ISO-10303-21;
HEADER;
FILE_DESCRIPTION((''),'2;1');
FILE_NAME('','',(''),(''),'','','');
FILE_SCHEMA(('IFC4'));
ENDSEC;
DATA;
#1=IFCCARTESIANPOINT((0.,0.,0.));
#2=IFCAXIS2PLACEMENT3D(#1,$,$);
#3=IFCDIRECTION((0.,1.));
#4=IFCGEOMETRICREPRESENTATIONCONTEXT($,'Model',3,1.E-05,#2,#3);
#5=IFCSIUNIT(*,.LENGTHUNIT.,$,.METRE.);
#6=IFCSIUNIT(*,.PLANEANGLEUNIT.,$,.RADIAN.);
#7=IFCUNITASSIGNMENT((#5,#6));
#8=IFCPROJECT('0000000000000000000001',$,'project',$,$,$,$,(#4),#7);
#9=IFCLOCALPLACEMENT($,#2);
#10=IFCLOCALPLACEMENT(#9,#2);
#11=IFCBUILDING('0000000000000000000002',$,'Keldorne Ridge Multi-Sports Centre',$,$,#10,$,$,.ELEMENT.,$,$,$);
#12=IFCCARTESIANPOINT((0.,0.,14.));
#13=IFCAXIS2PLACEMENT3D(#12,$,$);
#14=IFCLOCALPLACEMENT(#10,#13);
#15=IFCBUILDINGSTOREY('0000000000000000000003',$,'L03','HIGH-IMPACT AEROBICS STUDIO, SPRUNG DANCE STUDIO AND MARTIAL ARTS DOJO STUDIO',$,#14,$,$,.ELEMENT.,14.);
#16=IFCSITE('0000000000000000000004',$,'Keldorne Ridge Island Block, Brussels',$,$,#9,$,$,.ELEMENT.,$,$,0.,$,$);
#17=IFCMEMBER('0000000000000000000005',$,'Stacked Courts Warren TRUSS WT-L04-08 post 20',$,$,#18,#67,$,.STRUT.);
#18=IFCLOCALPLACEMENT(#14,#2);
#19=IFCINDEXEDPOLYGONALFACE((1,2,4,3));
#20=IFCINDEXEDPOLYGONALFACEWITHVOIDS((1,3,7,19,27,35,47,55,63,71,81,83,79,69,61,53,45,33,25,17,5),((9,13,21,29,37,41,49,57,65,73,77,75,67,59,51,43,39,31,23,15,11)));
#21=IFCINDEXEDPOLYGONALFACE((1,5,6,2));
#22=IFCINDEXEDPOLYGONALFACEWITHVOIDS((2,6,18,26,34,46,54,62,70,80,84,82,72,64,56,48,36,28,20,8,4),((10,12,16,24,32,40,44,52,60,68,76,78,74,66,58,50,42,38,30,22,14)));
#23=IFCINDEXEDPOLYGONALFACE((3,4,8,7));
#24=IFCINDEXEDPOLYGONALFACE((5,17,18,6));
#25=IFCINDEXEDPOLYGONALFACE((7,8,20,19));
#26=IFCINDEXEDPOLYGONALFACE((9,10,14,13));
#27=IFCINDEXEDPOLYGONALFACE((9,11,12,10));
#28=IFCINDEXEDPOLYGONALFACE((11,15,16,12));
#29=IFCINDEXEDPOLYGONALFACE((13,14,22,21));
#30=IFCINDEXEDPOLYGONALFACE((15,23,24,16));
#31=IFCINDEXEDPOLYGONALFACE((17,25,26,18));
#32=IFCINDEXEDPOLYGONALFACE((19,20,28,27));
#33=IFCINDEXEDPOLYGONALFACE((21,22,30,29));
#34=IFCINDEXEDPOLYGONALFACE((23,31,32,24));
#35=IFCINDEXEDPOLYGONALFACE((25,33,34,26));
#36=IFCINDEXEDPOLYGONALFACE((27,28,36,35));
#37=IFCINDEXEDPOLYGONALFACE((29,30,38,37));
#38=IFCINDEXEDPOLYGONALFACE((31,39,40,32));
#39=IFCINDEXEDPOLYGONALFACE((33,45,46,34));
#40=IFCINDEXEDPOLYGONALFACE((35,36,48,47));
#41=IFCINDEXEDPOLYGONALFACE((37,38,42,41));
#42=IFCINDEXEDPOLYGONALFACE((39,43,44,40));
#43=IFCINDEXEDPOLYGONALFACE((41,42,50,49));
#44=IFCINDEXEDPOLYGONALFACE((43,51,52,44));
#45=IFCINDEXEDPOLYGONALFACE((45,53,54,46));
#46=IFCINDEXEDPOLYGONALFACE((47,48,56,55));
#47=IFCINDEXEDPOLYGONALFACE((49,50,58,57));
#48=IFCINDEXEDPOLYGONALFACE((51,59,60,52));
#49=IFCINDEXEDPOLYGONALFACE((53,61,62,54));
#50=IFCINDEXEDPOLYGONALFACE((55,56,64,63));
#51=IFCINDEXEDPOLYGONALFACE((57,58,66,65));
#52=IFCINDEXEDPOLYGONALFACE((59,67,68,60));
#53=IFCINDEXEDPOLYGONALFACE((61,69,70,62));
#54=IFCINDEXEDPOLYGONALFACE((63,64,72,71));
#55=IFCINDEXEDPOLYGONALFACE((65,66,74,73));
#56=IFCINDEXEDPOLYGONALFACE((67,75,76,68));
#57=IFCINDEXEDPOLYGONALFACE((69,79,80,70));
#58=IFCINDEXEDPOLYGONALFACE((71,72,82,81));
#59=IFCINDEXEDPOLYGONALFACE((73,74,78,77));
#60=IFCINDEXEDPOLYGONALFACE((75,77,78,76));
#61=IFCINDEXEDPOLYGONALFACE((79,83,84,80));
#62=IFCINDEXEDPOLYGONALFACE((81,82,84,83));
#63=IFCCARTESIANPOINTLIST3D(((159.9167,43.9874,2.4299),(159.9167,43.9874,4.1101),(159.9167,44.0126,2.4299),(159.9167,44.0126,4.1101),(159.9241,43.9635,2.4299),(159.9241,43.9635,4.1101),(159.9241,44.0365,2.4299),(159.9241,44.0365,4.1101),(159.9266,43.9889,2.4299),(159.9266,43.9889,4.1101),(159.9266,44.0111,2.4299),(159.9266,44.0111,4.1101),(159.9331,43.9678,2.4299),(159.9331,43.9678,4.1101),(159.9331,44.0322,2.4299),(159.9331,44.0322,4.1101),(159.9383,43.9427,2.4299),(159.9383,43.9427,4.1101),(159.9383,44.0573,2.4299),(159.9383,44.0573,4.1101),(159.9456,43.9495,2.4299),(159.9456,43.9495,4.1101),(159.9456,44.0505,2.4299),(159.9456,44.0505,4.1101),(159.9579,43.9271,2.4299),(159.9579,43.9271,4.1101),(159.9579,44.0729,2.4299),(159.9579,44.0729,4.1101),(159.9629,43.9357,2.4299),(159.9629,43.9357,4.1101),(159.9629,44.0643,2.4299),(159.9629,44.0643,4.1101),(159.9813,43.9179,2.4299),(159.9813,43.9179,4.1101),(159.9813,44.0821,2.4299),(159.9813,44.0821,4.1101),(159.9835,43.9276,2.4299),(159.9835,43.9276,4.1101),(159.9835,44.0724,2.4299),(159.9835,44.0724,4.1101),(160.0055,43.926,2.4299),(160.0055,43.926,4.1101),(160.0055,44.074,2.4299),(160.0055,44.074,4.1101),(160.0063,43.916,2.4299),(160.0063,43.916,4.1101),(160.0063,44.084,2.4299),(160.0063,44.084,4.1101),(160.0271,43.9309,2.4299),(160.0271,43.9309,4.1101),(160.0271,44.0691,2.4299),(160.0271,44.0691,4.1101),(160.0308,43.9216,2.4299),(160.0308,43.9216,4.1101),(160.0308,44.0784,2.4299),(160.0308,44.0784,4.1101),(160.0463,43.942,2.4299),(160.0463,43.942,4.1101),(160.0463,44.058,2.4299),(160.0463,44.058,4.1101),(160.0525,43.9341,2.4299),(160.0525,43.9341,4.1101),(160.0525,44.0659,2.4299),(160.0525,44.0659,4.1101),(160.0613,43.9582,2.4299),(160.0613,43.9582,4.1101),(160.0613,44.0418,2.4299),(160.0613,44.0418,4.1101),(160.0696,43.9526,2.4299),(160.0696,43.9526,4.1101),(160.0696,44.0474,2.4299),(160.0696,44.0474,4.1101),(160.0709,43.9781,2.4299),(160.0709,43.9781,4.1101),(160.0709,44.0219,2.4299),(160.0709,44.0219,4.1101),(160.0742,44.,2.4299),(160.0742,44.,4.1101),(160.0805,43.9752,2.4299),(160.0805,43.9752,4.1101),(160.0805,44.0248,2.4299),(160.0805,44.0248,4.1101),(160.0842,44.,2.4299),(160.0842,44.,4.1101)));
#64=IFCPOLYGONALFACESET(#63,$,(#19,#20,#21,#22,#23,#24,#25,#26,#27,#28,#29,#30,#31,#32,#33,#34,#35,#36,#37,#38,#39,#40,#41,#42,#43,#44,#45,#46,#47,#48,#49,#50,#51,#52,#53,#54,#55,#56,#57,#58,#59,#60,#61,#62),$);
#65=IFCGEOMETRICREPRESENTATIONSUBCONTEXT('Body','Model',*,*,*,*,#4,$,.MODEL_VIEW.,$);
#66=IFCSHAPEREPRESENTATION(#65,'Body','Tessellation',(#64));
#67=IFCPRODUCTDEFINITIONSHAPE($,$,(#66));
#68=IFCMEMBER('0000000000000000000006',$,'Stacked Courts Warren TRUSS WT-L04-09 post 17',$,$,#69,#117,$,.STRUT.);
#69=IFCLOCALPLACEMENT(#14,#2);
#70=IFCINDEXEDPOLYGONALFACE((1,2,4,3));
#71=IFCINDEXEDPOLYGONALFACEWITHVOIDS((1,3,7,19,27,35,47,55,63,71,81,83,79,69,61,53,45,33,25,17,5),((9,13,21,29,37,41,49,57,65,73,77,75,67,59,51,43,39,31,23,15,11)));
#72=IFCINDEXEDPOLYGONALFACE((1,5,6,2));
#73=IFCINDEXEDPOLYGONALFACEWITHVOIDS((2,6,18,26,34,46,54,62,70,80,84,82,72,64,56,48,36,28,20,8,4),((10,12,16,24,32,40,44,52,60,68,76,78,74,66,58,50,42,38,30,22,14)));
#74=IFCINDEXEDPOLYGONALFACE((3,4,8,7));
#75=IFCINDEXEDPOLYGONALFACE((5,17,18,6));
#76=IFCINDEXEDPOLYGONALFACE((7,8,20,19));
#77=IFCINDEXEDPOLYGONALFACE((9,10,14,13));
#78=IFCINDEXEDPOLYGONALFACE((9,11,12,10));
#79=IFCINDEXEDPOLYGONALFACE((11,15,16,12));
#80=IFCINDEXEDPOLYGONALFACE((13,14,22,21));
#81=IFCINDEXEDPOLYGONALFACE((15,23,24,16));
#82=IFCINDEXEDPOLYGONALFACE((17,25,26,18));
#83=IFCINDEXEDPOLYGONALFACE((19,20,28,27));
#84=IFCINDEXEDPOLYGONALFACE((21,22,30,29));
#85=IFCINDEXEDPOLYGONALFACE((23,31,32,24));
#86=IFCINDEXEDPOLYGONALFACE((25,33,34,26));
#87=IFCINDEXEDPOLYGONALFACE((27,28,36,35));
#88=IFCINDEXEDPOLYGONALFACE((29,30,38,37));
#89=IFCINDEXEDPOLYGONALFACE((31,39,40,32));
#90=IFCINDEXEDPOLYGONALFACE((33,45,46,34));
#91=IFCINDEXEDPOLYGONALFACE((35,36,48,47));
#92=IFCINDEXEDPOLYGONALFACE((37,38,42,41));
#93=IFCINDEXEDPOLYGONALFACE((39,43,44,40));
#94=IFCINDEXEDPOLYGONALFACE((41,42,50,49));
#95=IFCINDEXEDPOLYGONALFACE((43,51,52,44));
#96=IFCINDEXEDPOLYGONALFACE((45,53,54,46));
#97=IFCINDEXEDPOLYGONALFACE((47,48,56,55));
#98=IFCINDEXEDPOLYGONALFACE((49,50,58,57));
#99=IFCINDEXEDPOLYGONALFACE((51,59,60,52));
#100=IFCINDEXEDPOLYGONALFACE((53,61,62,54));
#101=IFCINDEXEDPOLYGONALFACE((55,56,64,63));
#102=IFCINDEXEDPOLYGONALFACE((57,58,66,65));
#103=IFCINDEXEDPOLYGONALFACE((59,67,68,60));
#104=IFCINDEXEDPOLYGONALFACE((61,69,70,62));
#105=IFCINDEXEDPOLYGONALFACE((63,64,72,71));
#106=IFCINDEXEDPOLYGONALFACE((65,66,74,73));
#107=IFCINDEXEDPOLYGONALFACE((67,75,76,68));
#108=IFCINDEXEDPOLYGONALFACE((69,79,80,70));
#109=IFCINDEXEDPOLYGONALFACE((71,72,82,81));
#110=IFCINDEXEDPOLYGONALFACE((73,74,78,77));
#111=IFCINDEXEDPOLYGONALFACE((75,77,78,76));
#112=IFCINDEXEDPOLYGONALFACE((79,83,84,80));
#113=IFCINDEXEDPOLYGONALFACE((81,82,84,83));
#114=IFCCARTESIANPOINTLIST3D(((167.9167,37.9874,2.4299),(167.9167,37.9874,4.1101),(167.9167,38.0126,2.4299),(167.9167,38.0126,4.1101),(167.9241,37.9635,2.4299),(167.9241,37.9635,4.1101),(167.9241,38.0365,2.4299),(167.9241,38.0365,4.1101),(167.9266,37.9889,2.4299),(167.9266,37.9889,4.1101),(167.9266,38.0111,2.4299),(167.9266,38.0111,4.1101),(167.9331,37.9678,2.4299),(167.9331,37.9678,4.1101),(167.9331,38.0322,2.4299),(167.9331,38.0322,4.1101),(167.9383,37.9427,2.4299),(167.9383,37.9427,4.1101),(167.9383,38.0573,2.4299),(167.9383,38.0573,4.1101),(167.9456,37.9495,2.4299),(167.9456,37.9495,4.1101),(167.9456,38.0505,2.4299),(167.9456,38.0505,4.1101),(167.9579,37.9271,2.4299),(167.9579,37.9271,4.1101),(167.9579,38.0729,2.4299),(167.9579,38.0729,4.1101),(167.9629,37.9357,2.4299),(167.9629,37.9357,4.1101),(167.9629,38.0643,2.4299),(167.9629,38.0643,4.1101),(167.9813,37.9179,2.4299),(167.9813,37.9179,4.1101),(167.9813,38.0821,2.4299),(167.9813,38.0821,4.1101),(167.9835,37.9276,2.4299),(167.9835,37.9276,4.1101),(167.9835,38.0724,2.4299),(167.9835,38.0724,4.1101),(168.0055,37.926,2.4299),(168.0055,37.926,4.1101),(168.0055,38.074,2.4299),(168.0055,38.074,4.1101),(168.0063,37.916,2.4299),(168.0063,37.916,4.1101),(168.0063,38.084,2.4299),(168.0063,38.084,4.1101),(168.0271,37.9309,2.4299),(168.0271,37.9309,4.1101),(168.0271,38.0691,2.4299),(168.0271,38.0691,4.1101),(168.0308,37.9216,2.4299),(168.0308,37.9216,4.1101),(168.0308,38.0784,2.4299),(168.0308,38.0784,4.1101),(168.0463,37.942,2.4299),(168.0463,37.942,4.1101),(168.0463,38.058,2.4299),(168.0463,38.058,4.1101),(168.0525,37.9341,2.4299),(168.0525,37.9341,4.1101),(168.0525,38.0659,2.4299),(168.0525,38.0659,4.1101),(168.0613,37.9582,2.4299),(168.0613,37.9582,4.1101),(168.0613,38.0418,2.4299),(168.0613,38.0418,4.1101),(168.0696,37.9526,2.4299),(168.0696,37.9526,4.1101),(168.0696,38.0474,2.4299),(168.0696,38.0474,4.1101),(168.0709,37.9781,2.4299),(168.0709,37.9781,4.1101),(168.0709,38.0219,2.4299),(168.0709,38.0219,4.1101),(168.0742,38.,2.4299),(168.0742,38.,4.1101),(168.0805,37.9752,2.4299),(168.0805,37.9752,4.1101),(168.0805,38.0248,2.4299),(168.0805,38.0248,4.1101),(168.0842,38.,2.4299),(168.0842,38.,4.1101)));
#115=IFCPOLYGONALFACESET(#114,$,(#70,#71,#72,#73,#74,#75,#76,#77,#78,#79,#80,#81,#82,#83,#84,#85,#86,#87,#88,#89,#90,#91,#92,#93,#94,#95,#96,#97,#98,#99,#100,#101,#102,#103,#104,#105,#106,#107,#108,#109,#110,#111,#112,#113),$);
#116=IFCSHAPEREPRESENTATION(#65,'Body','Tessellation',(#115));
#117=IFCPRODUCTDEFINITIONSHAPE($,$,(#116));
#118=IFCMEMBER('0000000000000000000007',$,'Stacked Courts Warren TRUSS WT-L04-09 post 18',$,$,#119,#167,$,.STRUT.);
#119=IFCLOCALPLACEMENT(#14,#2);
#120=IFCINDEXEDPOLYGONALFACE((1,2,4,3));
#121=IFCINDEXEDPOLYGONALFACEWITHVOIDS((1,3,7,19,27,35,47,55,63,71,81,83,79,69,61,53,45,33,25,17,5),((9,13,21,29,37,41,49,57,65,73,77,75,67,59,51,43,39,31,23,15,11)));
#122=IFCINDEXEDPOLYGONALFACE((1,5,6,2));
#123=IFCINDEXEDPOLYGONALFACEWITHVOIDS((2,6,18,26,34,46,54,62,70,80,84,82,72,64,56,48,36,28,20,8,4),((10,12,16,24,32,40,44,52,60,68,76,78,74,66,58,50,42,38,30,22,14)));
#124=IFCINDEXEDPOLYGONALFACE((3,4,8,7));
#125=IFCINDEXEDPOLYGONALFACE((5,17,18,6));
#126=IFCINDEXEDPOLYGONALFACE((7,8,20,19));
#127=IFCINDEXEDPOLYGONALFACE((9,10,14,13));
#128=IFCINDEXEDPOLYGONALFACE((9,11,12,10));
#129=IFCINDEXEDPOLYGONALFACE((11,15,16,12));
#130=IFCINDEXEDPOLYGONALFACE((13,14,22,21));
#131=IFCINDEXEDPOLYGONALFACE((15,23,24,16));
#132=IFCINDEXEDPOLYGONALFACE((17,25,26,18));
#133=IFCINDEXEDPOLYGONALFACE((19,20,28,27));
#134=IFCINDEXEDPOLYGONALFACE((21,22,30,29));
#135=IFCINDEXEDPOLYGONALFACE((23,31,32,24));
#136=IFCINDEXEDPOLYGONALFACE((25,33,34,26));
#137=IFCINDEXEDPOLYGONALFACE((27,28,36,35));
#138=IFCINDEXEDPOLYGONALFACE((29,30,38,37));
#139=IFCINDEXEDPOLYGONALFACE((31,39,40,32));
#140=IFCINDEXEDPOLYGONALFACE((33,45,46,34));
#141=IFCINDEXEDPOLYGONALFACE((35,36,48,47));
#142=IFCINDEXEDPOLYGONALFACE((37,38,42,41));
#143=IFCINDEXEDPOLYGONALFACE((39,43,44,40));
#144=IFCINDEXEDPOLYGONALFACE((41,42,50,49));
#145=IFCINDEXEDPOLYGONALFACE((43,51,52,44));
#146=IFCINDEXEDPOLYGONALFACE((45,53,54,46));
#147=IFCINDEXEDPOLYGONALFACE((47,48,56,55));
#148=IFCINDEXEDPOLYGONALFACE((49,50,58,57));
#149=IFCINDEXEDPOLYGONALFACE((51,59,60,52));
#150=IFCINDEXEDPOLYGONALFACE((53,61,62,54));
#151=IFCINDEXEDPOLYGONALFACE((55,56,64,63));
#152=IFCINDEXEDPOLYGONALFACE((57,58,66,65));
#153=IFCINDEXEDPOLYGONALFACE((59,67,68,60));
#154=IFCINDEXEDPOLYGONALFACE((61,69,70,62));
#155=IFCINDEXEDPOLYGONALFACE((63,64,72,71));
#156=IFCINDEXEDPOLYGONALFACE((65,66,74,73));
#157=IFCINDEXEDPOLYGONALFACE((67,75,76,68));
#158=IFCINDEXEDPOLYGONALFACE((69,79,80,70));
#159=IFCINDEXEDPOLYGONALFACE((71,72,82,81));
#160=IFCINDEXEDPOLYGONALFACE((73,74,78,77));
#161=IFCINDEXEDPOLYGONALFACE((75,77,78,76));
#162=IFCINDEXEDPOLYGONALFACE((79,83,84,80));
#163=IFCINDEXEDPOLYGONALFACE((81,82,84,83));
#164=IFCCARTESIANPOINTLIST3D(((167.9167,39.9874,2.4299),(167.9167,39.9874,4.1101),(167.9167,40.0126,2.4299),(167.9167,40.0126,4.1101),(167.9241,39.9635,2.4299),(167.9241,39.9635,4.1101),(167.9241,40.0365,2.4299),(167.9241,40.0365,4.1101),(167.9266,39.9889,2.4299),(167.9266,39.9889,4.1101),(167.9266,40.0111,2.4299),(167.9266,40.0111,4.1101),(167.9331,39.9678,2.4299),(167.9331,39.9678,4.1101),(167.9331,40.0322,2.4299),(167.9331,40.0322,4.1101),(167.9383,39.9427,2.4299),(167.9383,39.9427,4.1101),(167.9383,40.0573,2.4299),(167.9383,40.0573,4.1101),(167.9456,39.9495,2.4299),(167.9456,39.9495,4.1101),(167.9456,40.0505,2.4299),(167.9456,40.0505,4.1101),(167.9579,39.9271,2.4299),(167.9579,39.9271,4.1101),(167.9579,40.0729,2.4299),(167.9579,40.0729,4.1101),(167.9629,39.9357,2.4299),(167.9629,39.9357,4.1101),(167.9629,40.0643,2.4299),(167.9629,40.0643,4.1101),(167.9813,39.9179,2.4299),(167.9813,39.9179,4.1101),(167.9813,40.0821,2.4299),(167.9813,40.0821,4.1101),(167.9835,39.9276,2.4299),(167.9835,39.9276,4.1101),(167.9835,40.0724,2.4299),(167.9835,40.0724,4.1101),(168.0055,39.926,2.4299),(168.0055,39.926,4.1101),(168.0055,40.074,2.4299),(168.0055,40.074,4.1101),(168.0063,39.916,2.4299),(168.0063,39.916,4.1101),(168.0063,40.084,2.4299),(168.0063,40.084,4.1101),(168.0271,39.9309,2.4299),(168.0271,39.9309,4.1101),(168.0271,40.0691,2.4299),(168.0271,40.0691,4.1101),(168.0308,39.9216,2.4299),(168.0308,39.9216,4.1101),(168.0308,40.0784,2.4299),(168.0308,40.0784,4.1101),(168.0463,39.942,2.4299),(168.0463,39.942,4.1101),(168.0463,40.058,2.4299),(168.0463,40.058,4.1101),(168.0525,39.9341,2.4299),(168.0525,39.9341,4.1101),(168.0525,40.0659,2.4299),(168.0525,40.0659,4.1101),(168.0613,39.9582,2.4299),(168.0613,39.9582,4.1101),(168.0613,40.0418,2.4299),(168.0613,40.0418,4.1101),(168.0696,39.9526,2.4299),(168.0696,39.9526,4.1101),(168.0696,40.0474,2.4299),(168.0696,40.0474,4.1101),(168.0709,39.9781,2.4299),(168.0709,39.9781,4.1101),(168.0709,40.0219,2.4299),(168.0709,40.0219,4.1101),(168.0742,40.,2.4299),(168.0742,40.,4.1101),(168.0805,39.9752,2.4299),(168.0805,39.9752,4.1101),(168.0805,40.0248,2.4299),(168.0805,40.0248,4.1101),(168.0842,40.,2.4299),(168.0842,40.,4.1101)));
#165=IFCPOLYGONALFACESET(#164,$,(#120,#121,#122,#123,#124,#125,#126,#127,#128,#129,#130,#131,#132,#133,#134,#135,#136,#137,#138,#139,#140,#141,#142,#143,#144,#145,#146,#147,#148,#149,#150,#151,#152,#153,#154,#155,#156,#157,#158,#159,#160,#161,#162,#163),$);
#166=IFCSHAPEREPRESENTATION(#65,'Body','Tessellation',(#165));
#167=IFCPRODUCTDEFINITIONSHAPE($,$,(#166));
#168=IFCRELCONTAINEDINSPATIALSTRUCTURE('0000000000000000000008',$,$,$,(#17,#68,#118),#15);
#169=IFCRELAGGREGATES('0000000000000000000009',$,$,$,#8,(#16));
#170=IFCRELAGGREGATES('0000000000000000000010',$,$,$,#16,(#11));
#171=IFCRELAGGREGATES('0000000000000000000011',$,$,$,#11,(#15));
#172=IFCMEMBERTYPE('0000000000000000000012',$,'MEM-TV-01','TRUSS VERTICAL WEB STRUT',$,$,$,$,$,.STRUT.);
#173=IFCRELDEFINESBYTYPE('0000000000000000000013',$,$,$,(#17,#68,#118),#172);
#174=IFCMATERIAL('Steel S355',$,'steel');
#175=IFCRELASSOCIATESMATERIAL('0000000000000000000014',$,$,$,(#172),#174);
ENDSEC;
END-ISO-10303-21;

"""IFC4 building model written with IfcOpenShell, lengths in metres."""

from ifc_helpers import new_model, si_unit, direction, frame, origin, origin_2d, place, context, subcontext, project, spatial, hollow_circle, extrude, material, material_profile, profile_set, type_object, element, save


model = new_model("IFC4")

# Units and contexts
model_context = context("Model", 3, precision=1e-05, world=origin(), true_north=direction((0.0, 1.0)))
body_context = subcontext(model_context, "Body", "Model", "MODEL_VIEW")
ifc_project = project(units=[si_unit("LENGTHUNIT", "METRE"), si_unit("PLANEANGLEUNIT", "RADIAN")], contexts=[model_context])

# Site, building, storey
site_placement = place(None, origin())
site = spatial("IfcSite", under=ifc_project, at=site_placement, Name="Keldorne Ridge Island Block, Brussels", CompositionType="ELEMENT", RefElevation=0.0)
building_placement = place(site_placement, origin())
building = spatial("IfcBuilding", under=site, at=building_placement, Name="Keldorne Ridge Multi-Sports Centre", CompositionType="ELEMENT")
storey_placement = place(building_placement, frame((0.0, 0.0, 14.0)))
storey = spatial("IfcBuildingStorey", under=building, at=storey_placement, Name="L03", Description="HIGH-IMPACT AEROBICS STUDIO, SPRUNG DANCE STUDIO AND MARTIAL ARTS DOJO STUDIO", CompositionType="ELEMENT", Elevation=14.0)

# Shared definitions
ifc_material_1 = material(Name="Steel S355", Category="steel")

# Members
ifc_material_profile_1 = material_profile(ifc_material_1, hollow_circle(Radius=0.0842, WallThickness=0.01, at=origin_2d()), Name="CHS 168.3x10")
ifc_profile_set_1 = profile_set([ifc_material_profile_1], Name="Steel S355")
member_type_1 = type_object("IfcMemberType", Name="MEM-TV-01", Description="TRUSS VERTICAL WEB STRUT", PredefinedType="STRUT", material=ifc_profile_set_1)
for number, where, z_axis, x_axis, name in (
    (1, (160.0, 44.0, 2.4299), (0.0, 0.0, 1.0), (1.0, 0.0, 0.0), "Stacked Courts Warren TRUSS WT-L04-08 post 20"),
    (2, (168.0, 38.0, 2.4299), (0.0, 0.0, 1.0), (1.0, 0.0, 0.0), "Stacked Courts Warren TRUSS WT-L04-09 post 17"),
    (3, (168.0, 40.0, 2.4299), (0.0, 0.0, 1.0), (1.0, 0.0, 0.0), "Stacked Courts Warren TRUSS WT-L04-09 post 18"),
):
    element("IfcMember", number, at=place(storey_placement, frame(where, z_axis=z_axis, x_axis=x_axis)), inside=storey, type_object=member_type_1, Name=name, PredefinedType="STRUT", context=body_context, shape_type="SweptSolid", body=[
        extrude(hollow_circle(Radius=0.0842, WallThickness=0.01, at=origin_2d()), origin(), (0.0, 0.0, 1.0), 1.6802),
    ])

save(model, "model.ifc")
